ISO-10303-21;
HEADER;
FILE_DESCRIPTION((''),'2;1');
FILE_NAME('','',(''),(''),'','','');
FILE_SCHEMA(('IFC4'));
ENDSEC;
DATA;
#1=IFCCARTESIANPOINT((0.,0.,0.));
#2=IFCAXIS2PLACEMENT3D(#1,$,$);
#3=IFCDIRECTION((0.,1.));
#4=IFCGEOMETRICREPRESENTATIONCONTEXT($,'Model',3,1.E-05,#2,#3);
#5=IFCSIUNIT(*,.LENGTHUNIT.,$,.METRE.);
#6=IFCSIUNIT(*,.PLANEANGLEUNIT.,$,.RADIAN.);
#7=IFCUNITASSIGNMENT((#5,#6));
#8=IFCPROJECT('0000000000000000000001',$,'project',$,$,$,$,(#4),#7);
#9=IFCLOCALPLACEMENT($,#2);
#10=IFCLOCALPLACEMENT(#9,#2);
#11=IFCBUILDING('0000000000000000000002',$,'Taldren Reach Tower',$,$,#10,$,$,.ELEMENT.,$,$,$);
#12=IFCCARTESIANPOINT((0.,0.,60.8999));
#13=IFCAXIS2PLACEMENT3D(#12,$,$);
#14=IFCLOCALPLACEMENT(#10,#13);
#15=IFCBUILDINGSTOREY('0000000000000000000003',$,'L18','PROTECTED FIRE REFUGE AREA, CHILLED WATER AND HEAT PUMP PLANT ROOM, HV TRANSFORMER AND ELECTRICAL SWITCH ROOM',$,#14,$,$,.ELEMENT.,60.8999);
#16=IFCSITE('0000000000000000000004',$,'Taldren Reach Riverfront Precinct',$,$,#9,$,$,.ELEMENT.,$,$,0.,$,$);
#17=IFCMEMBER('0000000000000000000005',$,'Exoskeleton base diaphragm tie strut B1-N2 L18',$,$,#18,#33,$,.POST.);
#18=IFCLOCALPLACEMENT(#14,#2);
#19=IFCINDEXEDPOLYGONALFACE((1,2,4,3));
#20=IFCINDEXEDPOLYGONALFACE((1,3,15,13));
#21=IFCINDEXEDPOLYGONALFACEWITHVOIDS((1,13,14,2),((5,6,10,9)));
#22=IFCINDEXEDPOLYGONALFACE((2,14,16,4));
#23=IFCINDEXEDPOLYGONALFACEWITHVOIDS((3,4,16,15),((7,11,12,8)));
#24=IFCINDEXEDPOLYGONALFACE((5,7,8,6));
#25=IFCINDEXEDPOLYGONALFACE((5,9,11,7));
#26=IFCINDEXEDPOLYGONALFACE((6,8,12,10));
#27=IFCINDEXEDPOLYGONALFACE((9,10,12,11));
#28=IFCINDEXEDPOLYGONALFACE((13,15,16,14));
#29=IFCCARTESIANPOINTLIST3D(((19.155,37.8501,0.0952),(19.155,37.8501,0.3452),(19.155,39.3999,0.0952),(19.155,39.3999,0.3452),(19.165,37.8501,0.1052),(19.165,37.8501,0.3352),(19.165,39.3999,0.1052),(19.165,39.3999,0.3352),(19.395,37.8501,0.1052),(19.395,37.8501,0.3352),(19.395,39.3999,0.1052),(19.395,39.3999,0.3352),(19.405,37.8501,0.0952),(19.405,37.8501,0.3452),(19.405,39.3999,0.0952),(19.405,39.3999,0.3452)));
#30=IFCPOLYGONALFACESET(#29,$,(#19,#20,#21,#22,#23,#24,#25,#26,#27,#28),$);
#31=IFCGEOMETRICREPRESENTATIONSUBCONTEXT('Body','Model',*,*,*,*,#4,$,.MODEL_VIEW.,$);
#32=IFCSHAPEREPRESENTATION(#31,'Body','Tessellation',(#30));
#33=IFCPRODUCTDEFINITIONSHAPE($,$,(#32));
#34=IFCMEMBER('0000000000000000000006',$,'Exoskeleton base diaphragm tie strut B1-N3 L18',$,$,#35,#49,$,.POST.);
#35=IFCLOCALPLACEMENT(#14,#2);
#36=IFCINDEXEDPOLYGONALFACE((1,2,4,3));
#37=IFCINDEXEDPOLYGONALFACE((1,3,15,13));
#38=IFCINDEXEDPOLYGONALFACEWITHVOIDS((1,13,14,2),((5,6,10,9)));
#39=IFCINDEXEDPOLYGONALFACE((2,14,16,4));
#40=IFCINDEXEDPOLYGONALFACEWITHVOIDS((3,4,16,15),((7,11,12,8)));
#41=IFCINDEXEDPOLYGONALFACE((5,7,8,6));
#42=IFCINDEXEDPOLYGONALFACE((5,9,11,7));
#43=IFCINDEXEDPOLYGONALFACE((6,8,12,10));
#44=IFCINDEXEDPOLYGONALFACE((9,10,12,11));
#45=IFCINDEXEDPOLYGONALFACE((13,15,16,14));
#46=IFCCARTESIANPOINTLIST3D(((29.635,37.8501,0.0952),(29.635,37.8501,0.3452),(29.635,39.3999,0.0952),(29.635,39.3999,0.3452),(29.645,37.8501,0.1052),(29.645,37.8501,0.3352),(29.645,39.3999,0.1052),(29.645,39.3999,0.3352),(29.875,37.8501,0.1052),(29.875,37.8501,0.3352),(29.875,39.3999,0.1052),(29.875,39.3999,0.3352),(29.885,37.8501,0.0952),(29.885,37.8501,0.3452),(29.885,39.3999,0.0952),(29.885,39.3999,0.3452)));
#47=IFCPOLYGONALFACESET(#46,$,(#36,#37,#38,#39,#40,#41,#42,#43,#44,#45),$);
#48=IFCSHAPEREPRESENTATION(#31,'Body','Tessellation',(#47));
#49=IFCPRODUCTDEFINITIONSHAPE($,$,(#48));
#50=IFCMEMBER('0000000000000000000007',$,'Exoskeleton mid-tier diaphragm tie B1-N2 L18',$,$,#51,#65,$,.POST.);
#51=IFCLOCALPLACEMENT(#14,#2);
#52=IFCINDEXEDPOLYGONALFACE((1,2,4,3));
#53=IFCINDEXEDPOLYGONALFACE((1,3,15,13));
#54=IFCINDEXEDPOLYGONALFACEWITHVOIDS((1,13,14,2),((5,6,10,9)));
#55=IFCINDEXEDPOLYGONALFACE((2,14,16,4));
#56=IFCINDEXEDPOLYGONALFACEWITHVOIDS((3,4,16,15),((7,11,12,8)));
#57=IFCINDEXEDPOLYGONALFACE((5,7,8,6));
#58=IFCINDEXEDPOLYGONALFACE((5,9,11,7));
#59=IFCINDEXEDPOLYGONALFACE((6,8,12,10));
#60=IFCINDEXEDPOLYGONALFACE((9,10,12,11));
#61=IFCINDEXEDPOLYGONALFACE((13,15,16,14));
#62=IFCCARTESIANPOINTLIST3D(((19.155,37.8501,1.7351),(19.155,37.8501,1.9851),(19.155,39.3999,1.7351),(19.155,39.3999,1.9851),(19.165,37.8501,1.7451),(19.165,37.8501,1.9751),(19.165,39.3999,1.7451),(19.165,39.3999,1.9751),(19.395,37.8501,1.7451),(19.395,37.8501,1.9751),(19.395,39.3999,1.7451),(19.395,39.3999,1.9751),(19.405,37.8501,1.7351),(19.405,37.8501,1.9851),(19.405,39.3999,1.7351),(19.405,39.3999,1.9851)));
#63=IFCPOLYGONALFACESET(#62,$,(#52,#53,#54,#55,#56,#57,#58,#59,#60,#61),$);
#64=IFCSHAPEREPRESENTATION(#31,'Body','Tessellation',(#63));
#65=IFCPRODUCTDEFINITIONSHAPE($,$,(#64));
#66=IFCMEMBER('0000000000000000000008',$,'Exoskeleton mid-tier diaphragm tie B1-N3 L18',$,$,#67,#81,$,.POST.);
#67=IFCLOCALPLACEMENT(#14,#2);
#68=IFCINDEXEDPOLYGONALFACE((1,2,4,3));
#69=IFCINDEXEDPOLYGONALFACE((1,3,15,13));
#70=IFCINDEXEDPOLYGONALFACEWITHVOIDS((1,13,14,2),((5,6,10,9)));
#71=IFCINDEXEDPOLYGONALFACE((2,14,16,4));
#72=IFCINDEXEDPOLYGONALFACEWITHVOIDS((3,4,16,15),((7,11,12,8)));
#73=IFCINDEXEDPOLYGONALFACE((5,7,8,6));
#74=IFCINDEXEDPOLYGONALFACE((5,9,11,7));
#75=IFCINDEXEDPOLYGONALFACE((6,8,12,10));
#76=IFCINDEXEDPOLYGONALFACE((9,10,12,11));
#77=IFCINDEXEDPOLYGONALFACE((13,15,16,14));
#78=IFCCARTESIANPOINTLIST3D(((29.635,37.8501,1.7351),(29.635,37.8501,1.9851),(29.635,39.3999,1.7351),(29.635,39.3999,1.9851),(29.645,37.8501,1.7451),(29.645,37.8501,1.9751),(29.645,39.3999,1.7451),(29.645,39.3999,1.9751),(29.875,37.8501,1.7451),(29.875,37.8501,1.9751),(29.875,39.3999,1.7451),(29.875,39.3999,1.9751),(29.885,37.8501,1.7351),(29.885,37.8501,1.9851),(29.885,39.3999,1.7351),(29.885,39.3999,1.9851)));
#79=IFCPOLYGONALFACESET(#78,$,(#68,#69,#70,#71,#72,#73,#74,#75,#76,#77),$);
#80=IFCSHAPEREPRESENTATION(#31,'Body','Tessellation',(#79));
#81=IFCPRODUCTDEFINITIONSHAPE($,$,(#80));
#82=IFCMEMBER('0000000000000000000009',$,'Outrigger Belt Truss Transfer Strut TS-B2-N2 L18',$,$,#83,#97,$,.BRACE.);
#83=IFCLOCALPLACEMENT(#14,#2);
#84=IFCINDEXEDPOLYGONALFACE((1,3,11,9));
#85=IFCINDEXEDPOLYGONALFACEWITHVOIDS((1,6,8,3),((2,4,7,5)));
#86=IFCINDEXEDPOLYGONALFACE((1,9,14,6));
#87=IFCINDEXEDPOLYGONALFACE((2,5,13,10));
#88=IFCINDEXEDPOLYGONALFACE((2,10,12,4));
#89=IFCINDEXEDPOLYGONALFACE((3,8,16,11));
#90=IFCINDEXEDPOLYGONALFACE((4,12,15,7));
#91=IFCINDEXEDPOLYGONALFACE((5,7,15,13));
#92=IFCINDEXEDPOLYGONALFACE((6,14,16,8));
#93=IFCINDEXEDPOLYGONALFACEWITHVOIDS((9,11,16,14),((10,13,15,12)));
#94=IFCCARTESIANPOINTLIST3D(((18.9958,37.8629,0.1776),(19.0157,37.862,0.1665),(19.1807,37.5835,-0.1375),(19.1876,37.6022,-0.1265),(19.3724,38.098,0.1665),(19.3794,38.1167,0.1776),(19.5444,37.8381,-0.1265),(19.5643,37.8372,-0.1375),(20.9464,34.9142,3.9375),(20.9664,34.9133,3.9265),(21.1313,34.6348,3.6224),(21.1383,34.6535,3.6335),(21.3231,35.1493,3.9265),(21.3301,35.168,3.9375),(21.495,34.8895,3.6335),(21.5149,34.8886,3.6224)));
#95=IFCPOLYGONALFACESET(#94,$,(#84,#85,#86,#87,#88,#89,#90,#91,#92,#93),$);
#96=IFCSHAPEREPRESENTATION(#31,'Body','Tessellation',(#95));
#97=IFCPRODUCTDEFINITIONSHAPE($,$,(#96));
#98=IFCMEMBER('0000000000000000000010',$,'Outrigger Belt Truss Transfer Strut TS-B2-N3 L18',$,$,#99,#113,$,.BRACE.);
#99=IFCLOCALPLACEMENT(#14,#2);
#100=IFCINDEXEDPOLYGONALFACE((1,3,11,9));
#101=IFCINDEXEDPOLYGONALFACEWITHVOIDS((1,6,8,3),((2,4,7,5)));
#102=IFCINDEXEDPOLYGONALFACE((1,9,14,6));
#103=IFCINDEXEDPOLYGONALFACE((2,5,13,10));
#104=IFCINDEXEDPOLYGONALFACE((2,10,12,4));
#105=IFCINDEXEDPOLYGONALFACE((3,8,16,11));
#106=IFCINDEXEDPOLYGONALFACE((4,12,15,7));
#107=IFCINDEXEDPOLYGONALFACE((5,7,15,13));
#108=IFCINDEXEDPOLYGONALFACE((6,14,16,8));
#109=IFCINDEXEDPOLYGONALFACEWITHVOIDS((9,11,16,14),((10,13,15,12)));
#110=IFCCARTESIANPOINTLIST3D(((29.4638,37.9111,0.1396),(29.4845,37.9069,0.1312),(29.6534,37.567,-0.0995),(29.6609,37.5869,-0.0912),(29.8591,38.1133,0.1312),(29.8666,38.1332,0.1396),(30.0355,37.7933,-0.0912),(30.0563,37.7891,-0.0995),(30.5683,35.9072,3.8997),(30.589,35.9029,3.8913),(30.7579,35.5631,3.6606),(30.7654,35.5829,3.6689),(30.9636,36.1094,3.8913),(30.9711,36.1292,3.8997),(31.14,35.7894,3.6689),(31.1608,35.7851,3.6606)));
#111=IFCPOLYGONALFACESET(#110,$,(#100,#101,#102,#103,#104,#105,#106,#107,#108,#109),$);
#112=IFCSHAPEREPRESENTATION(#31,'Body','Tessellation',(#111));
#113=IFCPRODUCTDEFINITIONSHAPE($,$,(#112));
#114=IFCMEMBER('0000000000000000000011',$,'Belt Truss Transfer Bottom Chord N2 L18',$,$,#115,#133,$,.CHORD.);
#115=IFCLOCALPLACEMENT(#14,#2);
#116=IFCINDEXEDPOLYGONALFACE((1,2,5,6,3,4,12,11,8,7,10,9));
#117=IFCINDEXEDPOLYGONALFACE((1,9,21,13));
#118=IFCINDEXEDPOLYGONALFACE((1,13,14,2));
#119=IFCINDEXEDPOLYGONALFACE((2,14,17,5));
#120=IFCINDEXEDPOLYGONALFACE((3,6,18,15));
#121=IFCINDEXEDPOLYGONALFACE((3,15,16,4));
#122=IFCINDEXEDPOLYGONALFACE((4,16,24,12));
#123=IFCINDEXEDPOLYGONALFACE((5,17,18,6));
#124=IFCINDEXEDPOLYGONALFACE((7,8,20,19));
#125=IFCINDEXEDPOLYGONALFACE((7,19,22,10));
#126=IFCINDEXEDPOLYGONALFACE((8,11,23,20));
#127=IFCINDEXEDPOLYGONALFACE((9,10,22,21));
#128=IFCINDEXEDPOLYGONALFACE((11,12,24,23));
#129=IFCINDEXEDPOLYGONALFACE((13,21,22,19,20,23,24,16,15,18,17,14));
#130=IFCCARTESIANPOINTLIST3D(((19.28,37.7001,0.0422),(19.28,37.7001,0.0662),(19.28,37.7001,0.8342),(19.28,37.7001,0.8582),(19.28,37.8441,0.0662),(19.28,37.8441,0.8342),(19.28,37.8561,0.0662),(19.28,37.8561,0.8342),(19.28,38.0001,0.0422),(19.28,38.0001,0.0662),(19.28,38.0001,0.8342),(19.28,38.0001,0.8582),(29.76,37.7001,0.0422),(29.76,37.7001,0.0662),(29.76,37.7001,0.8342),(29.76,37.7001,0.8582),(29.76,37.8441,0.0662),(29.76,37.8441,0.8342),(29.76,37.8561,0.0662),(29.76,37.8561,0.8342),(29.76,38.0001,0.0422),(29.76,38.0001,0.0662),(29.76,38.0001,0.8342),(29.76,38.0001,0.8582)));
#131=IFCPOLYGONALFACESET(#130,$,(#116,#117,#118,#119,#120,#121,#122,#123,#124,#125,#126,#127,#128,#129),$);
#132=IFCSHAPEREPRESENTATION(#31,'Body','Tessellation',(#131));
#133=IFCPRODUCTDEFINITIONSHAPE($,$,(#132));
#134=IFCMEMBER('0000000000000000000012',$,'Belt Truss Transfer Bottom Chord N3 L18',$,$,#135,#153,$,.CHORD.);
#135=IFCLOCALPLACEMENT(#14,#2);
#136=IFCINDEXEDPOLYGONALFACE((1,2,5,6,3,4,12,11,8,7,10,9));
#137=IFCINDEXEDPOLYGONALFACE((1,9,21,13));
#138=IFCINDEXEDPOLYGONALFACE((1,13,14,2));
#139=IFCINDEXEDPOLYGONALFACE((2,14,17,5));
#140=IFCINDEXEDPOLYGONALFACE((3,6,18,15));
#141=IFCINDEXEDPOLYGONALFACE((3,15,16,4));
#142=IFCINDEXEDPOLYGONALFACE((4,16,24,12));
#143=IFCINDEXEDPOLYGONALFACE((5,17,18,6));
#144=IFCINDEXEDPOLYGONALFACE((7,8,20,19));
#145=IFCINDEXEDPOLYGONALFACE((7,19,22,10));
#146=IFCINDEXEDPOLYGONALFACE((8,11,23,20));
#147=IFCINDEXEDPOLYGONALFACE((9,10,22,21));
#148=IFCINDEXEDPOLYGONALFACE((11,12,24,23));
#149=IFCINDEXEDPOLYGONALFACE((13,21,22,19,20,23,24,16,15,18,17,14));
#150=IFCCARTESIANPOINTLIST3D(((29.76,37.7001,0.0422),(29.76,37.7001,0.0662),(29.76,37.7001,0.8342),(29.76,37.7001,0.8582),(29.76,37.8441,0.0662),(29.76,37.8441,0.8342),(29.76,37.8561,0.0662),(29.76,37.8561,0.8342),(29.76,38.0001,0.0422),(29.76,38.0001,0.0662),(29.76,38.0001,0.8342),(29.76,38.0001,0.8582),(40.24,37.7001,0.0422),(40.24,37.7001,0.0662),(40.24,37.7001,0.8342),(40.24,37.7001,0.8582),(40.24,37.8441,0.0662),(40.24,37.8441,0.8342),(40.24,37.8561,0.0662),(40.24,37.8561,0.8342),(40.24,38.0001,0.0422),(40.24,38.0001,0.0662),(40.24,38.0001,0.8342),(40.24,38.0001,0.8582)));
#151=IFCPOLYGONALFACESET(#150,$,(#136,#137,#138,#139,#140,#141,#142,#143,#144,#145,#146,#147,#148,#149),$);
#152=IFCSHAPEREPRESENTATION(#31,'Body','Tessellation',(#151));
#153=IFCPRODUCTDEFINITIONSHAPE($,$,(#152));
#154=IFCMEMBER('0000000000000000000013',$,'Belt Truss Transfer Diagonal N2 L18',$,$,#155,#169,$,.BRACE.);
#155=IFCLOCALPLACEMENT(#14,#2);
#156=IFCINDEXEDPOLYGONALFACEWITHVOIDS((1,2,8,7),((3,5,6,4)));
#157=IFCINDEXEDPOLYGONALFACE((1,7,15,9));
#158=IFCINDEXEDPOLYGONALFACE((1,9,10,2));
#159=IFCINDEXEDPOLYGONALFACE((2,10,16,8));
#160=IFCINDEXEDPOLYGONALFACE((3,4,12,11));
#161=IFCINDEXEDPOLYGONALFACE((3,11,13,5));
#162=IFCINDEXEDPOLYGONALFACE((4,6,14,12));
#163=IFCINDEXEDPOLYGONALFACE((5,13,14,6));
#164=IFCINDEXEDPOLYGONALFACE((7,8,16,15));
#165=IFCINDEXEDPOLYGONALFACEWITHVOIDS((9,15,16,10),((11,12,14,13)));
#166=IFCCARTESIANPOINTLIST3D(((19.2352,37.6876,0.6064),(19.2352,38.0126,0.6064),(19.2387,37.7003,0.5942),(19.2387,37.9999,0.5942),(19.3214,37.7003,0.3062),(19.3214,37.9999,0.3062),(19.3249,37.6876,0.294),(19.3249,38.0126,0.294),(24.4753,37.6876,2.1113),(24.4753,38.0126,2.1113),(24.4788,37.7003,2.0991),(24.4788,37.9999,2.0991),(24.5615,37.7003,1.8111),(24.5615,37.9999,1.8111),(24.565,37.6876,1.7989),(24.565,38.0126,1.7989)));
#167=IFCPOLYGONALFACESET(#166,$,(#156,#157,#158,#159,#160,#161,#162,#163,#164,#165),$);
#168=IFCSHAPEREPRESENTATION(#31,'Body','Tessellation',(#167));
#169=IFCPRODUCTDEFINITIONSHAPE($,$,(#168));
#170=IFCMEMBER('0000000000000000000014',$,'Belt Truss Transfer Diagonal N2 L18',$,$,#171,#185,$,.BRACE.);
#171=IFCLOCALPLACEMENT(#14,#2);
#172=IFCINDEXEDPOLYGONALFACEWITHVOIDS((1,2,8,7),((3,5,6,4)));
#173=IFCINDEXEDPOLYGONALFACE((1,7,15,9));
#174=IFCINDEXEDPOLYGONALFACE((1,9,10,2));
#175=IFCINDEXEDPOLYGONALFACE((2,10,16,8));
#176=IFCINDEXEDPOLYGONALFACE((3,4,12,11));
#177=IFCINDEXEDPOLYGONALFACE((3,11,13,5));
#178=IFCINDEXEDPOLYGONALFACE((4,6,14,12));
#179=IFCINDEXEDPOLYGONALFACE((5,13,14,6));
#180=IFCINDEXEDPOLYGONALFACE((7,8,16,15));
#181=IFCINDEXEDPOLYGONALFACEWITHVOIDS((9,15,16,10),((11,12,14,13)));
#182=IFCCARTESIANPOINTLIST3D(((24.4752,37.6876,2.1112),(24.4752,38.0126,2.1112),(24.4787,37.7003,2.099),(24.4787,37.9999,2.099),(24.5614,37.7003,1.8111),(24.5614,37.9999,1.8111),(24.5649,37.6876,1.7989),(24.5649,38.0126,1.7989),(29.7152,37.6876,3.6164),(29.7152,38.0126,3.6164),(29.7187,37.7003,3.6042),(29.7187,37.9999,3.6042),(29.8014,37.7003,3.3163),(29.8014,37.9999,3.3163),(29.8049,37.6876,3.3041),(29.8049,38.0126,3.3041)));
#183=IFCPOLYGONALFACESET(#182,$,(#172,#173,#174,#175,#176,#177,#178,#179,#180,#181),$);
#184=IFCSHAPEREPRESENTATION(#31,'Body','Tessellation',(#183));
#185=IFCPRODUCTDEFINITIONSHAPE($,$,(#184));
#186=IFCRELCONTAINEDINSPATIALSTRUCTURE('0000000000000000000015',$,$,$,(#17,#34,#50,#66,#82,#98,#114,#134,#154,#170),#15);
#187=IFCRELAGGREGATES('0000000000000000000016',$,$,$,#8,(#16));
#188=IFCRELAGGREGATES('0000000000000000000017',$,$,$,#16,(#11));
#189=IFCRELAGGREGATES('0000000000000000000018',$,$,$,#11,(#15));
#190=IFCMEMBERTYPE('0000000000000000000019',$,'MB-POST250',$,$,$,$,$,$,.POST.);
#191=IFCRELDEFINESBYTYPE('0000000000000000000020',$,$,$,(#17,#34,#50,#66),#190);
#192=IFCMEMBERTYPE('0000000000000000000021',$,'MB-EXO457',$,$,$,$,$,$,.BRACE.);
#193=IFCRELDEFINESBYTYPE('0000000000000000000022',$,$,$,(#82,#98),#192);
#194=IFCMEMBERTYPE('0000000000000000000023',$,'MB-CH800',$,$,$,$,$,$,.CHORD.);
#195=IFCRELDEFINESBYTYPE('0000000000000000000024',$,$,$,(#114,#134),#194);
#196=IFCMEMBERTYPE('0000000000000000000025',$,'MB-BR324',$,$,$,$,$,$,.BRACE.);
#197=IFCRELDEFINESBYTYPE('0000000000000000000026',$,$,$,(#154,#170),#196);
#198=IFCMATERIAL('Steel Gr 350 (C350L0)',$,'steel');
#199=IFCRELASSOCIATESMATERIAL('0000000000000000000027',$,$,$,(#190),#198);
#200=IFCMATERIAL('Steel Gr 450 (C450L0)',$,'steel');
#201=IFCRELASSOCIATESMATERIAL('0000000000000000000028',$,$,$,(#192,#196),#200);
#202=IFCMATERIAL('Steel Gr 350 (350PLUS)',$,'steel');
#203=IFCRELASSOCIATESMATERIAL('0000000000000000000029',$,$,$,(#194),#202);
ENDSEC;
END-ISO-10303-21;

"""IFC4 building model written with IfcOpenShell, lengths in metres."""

from ifc_helpers import new_model, si_unit, direction, frame, origin, origin_2d, place, context, subcontext, project, spatial, hollow_rectangle, i_section, extrude, source, transform, mapped, material, material_profile, profile_set, type_object, element, save


model = new_model("IFC4")

# Units and contexts
model_context = context("Model", 3, precision=1e-05, world=origin(), true_north=direction((0.0, 1.0)))
body_context = subcontext(model_context, "Body", "Model", "MODEL_VIEW")
ifc_project = project(units=[si_unit("LENGTHUNIT", "METRE"), si_unit("PLANEANGLEUNIT", "RADIAN")], contexts=[model_context])

# Site, building, storey
site_placement = place(None, origin())
site = spatial("IfcSite", under=ifc_project, at=site_placement, Name="Taldren Reach Riverfront Precinct", CompositionType="ELEMENT", RefElevation=0.0)
building_placement = place(site_placement, origin())
building = spatial("IfcBuilding", under=site, at=building_placement, Name="Taldren Reach Tower", CompositionType="ELEMENT")
storey_placement = place(building_placement, frame((0.0, 0.0, 60.8999)))
storey = spatial("IfcBuildingStorey", under=building, at=storey_placement, Name="L18", Description="PROTECTED FIRE REFUGE AREA, CHILLED WATER AND HEAT PUMP PLANT ROOM, HV TRANSFORMER AND ELECTRICAL SWITCH ROOM", CompositionType="ELEMENT", Elevation=60.8999)

# Shared definitions
ifc_material_1 = material(Name="Steel Gr 350 (350PLUS)", Category="steel")

# Members
ifc_material_2 = material(Name="Steel Gr 450 (C450L0)", Category="steel")
ifc_material_3 = material(Name="Steel Gr 350 (C350L0)", Category="steel")
ifc_material_profile_1 = material_profile(ifc_material_3, hollow_rectangle(XDim=0.25, YDim=0.25, WallThickness=0.01, at=origin_2d()), Name="250x250x10.0SHS")
ifc_profile_set_1 = profile_set([ifc_material_profile_1], Name="Steel Gr 350 (C350L0)")
member_type_1 = type_object("IfcMemberType", Name="MB-POST250", PredefinedType="POST", material=ifc_profile_set_1)
shared_shape_1 = source(origin(), body_context, "Body", "SweptSolid", [
    extrude(hollow_rectangle(XDim=0.25, YDim=0.25, WallThickness=0.01, at=origin_2d()), origin(), (0.0, 0.0, 1.0), 1.5498),
])
for number, where, z_axis, x_axis, name in (
    (1, (19.28, 37.8501, 0.2202), (0.0, 1.0, 0.0), (-1.0, 0.0, 0.0), "Exoskeleton base diaphragm tie strut B1-N2 L18"),
    (2, (29.76, 37.8501, 0.2202), (0.0, 1.0, 0.0), (-1.0, 0.0, 0.0), "Exoskeleton base diaphragm tie strut B1-N3 L18"),
    (3, (19.28, 37.8501, 1.8601), (0.0, 1.0, 0.0), (-1.0, 0.0, 0.0), "Exoskeleton mid-tier diaphragm tie B1-N2 L18"),
    (4, (29.76, 37.8501, 1.8601), (0.0, 1.0, 0.0), (-1.0, 0.0, 0.0), "Exoskeleton mid-tier diaphragm tie B1-N3 L18"),
):
    element("IfcMember", number, at=place(storey_placement, frame(where, z_axis=z_axis, x_axis=x_axis)), inside=storey, type_object=member_type_1, Name=name, PredefinedType="POST", context=body_context, shape_type="MappedRepresentation", body=[
        mapped(shared_shape_1, transform((0.0, 0.0, 0.0), scale=1.0)),
    ])
ifc_material_profile_2 = material_profile(ifc_material_2, hollow_rectangle(XDim=0.46, YDim=0.46, WallThickness=0.0161, at=origin_2d()), Name="460x460x16.0SHS")
ifc_profile_set_2 = profile_set([ifc_material_profile_2], Name="Steel Gr 450 (C450L0)")
member_type_2 = type_object("IfcMemberType", Name="MB-EXO457", PredefinedType="BRACE", material=ifc_profile_set_2)
shared_shape_2 = source(origin(), body_context, "Body", "SweptSolid", [
    extrude(hollow_rectangle(XDim=0.46, YDim=0.46, WallThickness=0.0161, at=origin_2d()), origin(), (0.0, 0.0, 1.0), 5.1611),
])
member_1_placement = place(storey_placement, frame((19.28, 37.8501, 0.02), z_axis=(0.377953, -0.571328, 0.728516), x_axis=(0.834021, 0.551733, 0.0)))
element("IfcMember", 5, at=member_1_placement, inside=storey, type_object=member_type_2, Name="Outrigger Belt Truss Transfer Strut TS-B2-N2 L18", PredefinedType="BRACE", context=body_context, shape_type="MappedRepresentation", body=[
    mapped(shared_shape_2, transform((0.0, 0.0, 0.0), scale=1.0)),
])
shared_shape_3 = source(origin(), body_context, "Body", "SweptSolid", [
    extrude(hollow_rectangle(XDim=0.46, YDim=0.46, WallThickness=0.0161, at=origin_2d()), origin(), (0.0, 0.0, 1.0), 4.4016),
])
member_2_placement = place(storey_placement, frame((29.76, 37.8501, 0.02), z_axis=(0.250935, -0.455278, 0.854256), x_axis=(0.875783, 0.482705, 0.0)))
element("IfcMember", 6, at=member_2_placement, inside=storey, type_object=member_type_2, Name="Outrigger Belt Truss Transfer Strut TS-B2-N3 L18", PredefinedType="BRACE", context=body_context, shape_type="MappedRepresentation", body=[
    mapped(shared_shape_3, transform((0.0, 0.0, 0.0), scale=1.0)),
])
ifc_material_profile_3 = material_profile(ifc_material_1, i_section(OverallWidth=0.3, OverallDepth=0.8159, WebThickness=0.012, FlangeThickness=0.0239, at=origin_2d()), Name="800WB192")
ifc_profile_set_3 = profile_set([ifc_material_profile_3], Name="Steel Gr 350 (350PLUS)")
member_type_3 = type_object("IfcMemberType", Name="MB-CH800", PredefinedType="CHORD", material=ifc_profile_set_3)
shared_shape_4 = source(origin(), body_context, "Body", "SweptSolid", [
    extrude(i_section(OverallWidth=0.3, OverallDepth=0.8159, WebThickness=0.012, FlangeThickness=0.0239, at=origin_2d()), origin(), (0.0, 0.0, 1.0), 10.48),
])
for number, where, z_axis, x_axis, name in (
    (7, (19.28, 37.8501, 0.4502), (1.0, 0.0, 0.0), (0.0, 1.0, 0.0), "Belt Truss Transfer Bottom Chord N2 L18"),
    (8, (29.76, 37.8501, 0.4502), (1.0, 0.0, 0.0), (0.0, 1.0, 0.0), "Belt Truss Transfer Bottom Chord N3 L18"),
):
    element("IfcMember", number, at=place(storey_placement, frame(where, z_axis=z_axis, x_axis=x_axis)), inside=storey, type_object=member_type_3, Name=name, PredefinedType="CHORD", context=body_context, shape_type="MappedRepresentation", body=[
        mapped(shared_shape_4, transform((0.0, 0.0, 0.0), scale=1.0)),
    ])
ifc_material_profile_4 = material_profile(ifc_material_2, hollow_rectangle(XDim=0.325, YDim=0.325, WallThickness=0.0127, at=origin_2d()), Name="325x325x12.7SHS")
ifc_profile_set_4 = profile_set([ifc_material_profile_4], Name="Steel Gr 450 (C450L0)")
member_type_4 = type_object("IfcMemberType", Name="MB-BR324", PredefinedType="BRACE", material=ifc_profile_set_4)
shared_shape_5 = source(origin(), body_context, "Body", "SweptSolid", [
    extrude(hollow_rectangle(XDim=0.325, YDim=0.325, WallThickness=0.0127, at=origin_2d()), origin(), (0.0, 0.0, 1.0), 5.4519),
])
for number, where, z_axis, x_axis, name in (
    (9, (19.28, 37.8501, 0.4502), (0.961148, 0.0, 0.276034), (0.0, 1.0, 0.0), "Belt Truss Transfer Diagonal N2 L18"),
    (10, (24.52, 37.8501, 1.9551), (0.961136, 0.0, 0.276075), (0.0, 1.0, 0.0), "Belt Truss Transfer Diagonal N2 L18"),
):
    element("IfcMember", number, at=place(storey_placement, frame(where, z_axis=z_axis, x_axis=x_axis)), inside=storey, type_object=member_type_4, Name=name, PredefinedType="BRACE", context=body_context, shape_type="MappedRepresentation", body=[
        mapped(shared_shape_5, transform((0.0, 0.0, 0.0), scale=1.0)),
    ])

save(model, "model.ifc")
